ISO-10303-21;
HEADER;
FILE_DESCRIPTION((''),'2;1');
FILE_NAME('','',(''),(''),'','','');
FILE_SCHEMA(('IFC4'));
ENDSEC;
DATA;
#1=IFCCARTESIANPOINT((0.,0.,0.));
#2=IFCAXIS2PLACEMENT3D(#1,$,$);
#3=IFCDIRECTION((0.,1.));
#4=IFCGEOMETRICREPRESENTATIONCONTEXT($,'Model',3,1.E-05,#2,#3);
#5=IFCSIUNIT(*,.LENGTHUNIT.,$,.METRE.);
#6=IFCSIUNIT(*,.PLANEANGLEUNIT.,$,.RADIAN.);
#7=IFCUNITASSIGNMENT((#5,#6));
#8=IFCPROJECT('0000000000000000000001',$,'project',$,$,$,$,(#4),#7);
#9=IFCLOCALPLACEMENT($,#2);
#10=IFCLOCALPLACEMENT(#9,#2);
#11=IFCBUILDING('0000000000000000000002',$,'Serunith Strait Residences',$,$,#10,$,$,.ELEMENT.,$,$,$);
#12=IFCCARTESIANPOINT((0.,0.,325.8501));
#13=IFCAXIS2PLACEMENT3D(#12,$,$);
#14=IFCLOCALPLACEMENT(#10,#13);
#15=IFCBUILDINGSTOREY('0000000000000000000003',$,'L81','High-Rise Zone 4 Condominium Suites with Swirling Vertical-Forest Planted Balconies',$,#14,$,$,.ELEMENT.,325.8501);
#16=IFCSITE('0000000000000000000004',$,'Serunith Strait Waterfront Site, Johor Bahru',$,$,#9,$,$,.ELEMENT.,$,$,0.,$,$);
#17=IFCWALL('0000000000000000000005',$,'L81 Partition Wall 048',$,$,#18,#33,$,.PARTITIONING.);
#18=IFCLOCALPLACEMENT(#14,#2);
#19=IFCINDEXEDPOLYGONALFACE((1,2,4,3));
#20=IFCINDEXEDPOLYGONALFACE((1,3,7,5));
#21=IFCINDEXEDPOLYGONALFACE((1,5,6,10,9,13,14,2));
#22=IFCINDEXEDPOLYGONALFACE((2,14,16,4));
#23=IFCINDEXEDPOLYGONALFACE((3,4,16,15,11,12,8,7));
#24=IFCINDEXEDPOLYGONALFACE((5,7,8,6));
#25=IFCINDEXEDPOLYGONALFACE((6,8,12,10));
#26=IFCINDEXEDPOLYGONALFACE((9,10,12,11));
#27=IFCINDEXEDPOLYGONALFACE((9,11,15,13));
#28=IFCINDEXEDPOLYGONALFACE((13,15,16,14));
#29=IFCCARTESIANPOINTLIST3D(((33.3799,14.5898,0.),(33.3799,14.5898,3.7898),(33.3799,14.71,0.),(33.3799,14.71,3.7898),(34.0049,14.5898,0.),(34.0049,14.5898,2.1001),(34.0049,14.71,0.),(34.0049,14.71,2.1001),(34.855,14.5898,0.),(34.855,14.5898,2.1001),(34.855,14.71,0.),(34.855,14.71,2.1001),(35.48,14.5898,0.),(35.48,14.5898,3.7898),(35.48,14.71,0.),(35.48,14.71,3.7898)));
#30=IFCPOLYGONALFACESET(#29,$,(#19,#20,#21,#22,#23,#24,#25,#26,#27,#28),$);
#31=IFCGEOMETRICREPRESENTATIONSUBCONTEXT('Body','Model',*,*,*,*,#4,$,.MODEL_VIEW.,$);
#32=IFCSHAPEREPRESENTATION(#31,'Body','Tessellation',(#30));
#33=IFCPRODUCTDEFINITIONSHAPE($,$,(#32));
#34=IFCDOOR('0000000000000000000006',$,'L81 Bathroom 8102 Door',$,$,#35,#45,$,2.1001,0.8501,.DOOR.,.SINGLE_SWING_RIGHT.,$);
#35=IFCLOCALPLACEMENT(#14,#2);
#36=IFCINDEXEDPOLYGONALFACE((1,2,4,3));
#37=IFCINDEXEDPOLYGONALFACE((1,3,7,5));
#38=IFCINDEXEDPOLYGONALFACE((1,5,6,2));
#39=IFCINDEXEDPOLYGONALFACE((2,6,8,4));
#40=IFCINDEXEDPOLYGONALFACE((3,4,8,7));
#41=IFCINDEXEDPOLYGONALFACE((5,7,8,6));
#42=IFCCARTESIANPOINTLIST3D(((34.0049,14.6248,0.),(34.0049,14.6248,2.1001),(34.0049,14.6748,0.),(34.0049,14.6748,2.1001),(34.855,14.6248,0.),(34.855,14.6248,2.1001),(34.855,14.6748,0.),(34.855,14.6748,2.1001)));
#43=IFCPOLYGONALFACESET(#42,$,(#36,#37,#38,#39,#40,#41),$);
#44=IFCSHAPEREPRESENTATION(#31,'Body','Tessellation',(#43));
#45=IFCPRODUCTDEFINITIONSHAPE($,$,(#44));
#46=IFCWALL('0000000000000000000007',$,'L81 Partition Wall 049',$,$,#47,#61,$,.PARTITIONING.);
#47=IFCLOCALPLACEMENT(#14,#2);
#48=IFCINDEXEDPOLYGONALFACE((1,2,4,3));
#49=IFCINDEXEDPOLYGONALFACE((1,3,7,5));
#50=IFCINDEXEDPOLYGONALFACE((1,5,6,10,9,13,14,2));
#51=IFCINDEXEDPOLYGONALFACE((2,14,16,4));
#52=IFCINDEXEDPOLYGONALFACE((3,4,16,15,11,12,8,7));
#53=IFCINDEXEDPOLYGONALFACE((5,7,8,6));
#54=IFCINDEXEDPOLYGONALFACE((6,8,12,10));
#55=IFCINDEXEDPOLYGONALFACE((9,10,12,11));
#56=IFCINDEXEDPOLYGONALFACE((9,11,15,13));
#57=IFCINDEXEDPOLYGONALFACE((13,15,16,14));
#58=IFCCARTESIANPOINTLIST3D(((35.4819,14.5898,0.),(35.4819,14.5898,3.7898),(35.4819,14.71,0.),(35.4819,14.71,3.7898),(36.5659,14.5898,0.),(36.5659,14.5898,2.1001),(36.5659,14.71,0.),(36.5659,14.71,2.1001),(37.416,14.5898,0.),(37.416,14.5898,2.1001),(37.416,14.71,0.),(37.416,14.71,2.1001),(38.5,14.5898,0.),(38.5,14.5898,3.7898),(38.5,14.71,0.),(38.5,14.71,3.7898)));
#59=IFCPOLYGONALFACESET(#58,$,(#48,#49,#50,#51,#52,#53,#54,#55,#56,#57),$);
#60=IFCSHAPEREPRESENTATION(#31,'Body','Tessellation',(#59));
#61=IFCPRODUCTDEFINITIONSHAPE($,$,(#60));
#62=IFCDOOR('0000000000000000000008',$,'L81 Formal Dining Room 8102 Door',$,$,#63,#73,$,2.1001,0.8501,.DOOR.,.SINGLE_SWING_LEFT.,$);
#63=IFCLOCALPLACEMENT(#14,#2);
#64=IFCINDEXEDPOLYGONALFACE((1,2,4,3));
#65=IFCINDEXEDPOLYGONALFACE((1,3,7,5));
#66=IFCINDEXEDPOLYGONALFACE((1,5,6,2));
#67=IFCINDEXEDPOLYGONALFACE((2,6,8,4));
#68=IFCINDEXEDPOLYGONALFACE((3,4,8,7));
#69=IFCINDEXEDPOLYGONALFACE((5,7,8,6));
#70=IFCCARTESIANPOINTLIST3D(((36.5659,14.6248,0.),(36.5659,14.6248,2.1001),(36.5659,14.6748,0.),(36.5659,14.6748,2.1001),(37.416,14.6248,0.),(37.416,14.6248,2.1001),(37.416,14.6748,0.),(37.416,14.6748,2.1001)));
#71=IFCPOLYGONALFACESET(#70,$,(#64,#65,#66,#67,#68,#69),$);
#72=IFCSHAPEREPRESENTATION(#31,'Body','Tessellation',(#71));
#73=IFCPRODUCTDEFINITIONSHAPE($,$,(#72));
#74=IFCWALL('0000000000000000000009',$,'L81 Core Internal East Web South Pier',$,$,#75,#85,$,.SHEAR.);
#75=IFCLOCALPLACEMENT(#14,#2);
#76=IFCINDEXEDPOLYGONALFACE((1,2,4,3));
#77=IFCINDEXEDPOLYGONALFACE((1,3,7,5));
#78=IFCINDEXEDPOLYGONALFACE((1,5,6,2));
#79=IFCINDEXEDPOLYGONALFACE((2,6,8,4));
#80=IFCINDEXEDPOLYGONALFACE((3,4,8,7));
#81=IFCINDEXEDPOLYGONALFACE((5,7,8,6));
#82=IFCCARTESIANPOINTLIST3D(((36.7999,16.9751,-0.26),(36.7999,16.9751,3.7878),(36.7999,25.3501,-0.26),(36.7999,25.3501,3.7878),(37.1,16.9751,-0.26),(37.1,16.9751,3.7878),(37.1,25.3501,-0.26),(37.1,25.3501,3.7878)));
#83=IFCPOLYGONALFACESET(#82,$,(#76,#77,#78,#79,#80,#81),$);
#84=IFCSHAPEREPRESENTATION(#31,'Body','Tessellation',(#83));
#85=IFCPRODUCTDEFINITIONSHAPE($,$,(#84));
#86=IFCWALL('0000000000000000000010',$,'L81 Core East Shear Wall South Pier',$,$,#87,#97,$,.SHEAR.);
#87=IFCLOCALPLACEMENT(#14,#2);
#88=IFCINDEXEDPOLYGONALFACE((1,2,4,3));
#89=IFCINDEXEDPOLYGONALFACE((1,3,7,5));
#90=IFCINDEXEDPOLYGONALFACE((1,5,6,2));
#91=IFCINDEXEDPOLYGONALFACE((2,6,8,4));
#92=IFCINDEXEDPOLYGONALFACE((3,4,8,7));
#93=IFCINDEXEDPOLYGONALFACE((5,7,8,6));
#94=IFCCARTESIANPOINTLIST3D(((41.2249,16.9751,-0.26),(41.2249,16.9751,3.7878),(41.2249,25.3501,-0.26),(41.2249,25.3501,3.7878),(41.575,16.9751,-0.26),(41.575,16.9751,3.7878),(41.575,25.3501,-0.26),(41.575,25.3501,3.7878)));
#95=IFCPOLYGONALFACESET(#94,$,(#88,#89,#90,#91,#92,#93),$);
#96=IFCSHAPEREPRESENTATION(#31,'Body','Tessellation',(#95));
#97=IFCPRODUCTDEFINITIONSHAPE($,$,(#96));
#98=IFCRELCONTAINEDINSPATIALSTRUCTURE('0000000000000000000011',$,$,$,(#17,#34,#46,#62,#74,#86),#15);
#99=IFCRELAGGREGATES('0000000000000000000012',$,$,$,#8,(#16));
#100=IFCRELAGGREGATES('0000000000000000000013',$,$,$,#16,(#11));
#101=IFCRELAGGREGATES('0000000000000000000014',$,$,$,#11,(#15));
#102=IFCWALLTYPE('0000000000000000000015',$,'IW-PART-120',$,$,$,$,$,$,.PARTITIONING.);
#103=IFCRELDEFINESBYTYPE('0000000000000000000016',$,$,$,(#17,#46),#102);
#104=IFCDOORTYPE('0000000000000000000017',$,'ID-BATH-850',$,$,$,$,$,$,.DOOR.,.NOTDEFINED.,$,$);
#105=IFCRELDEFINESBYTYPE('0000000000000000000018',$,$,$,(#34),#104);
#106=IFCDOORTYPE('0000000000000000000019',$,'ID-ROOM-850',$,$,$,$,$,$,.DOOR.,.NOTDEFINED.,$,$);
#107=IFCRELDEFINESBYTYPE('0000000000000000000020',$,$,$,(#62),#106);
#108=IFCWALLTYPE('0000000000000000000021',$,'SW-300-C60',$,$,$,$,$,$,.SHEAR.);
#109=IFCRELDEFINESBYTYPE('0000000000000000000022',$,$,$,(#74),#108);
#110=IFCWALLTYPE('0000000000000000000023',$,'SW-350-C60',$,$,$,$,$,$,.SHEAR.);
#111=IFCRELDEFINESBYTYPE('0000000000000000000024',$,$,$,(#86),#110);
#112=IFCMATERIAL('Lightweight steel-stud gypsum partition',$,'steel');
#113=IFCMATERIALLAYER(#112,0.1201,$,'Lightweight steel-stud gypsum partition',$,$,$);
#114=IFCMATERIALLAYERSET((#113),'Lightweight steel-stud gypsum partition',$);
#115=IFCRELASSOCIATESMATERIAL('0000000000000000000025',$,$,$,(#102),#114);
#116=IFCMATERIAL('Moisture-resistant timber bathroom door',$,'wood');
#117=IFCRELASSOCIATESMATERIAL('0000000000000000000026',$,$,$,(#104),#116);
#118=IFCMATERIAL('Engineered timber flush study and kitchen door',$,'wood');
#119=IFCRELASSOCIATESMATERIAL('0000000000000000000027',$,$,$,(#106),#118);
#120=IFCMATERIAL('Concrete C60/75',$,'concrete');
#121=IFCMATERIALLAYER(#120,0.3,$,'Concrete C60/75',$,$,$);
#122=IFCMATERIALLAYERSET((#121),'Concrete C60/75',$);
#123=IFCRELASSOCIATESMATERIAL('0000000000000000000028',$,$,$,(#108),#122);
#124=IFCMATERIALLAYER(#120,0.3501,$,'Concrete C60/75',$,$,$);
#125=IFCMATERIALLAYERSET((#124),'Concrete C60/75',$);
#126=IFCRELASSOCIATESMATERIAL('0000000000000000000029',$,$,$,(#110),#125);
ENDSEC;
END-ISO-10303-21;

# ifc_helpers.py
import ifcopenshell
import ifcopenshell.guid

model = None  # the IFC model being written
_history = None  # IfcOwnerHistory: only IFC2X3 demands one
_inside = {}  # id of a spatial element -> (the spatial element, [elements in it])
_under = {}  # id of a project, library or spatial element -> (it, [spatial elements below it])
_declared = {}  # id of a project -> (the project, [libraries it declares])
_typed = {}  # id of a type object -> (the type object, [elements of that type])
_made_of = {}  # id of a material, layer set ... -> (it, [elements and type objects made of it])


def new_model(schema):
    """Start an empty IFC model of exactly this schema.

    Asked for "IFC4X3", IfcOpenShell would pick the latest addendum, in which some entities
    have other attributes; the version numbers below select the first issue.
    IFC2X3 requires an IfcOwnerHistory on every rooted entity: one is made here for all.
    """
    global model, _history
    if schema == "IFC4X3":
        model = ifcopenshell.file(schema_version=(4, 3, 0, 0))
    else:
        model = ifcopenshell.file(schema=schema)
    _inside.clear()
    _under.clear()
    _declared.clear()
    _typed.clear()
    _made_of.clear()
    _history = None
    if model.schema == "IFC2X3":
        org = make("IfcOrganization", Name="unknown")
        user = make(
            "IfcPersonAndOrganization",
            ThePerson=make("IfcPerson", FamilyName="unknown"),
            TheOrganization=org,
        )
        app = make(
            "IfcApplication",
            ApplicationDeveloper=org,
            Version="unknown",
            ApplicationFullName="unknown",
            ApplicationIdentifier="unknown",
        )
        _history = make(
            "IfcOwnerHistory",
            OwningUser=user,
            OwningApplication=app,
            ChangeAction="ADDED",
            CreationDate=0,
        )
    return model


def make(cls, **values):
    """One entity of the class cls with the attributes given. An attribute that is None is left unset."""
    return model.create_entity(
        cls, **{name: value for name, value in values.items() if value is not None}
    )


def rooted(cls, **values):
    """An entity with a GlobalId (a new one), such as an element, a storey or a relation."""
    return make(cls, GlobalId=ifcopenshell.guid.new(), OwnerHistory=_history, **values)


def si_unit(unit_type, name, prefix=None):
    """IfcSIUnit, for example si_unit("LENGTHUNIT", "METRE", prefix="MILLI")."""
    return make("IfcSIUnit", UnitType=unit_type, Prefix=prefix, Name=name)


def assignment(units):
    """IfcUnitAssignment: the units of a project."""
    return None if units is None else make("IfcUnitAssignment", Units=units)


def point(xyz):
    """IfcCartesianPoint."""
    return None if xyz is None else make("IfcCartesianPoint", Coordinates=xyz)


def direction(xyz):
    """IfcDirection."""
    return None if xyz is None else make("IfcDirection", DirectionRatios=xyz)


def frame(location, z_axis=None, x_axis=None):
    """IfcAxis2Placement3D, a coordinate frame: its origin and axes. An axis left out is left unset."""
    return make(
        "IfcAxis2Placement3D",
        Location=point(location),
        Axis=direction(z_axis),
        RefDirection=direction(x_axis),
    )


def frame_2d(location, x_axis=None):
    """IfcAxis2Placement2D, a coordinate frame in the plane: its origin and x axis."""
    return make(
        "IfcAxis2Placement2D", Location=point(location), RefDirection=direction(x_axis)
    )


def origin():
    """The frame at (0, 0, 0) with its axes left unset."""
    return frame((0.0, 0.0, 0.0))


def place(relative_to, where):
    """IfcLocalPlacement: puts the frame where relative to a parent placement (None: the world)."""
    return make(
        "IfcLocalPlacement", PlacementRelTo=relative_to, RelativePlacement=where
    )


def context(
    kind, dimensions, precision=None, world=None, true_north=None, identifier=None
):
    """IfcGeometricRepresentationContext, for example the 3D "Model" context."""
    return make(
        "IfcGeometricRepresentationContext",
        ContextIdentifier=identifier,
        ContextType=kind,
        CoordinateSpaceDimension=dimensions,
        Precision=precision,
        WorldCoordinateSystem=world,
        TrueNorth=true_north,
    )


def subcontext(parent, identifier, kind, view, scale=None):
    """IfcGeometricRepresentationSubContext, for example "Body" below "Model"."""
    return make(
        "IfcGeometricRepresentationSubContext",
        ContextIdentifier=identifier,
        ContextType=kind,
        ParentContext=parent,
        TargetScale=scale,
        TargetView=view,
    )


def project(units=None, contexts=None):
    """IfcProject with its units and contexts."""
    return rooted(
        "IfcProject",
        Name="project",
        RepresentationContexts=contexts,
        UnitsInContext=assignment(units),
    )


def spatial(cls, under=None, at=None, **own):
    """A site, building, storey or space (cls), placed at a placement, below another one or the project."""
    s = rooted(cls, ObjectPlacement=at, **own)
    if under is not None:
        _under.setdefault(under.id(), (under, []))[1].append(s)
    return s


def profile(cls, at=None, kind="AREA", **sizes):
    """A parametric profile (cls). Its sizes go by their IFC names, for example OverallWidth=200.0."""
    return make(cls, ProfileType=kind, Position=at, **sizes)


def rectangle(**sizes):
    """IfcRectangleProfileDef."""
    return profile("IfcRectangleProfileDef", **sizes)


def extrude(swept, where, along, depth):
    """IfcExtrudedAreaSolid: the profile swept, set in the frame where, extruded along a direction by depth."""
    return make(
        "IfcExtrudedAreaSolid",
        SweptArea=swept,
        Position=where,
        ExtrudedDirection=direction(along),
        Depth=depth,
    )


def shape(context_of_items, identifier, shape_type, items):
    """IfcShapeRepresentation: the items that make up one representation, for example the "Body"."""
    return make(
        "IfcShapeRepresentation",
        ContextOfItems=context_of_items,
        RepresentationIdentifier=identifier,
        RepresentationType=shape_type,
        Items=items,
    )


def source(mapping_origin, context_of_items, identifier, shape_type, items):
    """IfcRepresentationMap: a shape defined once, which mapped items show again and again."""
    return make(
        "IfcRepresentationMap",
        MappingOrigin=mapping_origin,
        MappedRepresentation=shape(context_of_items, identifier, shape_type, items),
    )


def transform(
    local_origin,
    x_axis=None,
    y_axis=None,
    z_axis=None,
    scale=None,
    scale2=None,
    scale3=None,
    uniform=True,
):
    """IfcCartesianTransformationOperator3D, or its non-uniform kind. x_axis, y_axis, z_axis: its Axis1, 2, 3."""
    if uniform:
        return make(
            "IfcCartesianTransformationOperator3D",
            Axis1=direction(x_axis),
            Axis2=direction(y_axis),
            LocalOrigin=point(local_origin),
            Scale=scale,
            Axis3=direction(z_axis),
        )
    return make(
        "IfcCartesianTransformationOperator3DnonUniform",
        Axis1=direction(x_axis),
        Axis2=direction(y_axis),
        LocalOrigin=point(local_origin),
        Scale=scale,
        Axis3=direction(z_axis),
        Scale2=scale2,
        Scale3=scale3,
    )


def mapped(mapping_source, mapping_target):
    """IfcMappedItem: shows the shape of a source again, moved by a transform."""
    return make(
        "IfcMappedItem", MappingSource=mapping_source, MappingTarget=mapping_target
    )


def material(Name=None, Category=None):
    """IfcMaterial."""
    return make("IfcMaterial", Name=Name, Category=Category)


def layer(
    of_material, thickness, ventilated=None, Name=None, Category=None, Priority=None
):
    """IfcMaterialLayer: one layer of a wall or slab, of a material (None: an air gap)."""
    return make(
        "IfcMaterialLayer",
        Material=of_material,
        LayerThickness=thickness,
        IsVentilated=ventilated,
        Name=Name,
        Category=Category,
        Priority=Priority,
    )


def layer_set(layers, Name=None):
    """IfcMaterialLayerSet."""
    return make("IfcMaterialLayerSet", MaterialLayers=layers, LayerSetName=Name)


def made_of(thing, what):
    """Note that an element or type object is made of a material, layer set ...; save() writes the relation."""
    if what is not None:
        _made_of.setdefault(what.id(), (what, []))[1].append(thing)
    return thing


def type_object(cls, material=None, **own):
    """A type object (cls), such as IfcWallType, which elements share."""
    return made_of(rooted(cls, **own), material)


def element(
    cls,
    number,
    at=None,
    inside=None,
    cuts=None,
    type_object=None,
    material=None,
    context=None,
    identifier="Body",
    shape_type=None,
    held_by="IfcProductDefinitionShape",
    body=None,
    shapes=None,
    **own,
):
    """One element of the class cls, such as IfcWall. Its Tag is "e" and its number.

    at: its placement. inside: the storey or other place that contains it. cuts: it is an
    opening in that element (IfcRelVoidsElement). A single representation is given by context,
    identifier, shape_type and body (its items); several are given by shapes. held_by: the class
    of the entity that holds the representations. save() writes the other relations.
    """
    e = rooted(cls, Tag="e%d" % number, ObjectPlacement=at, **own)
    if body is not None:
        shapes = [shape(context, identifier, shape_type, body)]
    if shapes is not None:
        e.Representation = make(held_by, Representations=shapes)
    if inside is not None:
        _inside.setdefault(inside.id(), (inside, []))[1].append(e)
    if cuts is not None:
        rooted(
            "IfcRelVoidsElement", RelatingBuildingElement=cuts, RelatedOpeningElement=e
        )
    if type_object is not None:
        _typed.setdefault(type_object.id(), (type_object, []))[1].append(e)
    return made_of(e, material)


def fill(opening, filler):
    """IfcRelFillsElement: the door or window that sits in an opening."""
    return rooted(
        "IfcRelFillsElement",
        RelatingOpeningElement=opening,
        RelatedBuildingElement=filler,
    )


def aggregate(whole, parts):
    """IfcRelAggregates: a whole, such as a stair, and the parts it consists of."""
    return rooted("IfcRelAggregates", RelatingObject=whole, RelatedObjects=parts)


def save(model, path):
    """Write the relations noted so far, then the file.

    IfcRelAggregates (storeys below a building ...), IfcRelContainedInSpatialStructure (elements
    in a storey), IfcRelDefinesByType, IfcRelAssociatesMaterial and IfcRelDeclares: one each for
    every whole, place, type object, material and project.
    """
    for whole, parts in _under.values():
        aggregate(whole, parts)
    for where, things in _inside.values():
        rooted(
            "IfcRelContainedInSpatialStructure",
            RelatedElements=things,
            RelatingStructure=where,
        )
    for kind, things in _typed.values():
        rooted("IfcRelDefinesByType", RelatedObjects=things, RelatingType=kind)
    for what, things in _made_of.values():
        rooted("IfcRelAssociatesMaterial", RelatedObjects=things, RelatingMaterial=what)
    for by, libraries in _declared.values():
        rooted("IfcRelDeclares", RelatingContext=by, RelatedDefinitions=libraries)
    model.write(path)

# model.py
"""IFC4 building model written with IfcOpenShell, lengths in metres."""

from ifc_helpers import new_model, si_unit, direction, frame, frame_2d, origin, place, context, subcontext, project, spatial, rectangle, extrude, source, transform, mapped, material, layer, layer_set, type_object, element, fill, save


model = new_model("IFC4")

# Units and contexts
model_context = context("Model", 3, precision=1e-05, world=origin(), true_north=direction((0.0, 1.0)))
body_context = subcontext(model_context, "Body", "Model", "MODEL_VIEW")
ifc_project = project(units=[si_unit("LENGTHUNIT", "METRE"), si_unit("PLANEANGLEUNIT", "RADIAN")], contexts=[model_context])

# Site, building, storey
site_placement = place(None, origin())
site = spatial("IfcSite", under=ifc_project, at=site_placement, Name="Serunith Strait Waterfront Site, Johor Bahru", CompositionType="ELEMENT", RefElevation=0.0)
building_placement = place(site_placement, origin())
building = spatial("IfcBuilding", under=site, at=building_placement, Name="Serunith Strait Residences", CompositionType="ELEMENT")
storey_placement = place(building_placement, frame((0.0, 0.0, 325.8501)))
storey = spatial("IfcBuildingStorey", under=building, at=storey_placement, Name="L81", Description="High-Rise Zone 4 Condominium Suites with Swirling Vertical-Forest Planted Balconies", CompositionType="ELEMENT", Elevation=325.8501)

# Shared definitions
ifc_material_1 = material(Name="Concrete C60/75", Category="concrete")

# Shared definitions
ifc_material_2 = material(Name="Lightweight steel-stud gypsum partition", Category="steel")
ifc_layer_1 = layer(ifc_material_2, 0.1201, Name="Lightweight steel-stud gypsum partition")
ifc_layer_set_1 = layer_set([ifc_layer_1], Name="Lightweight steel-stud gypsum partition")
wall_type_1 = type_object("IfcWallType", Name="IW-PART-120", PredefinedType="PARTITIONING", material=ifc_layer_set_1)

# Walls, openings, doors
wall_1_placement = place(storey_placement, frame((33.3799, 14.6499, 0.0), z_axis=(0.0, 0.0, 1.0), x_axis=(1.0, 0.0, 0.0)))
wall_1 = element("IfcWall", 1, at=wall_1_placement, inside=storey, type_object=wall_type_1, Name="L81 Partition Wall 048", PredefinedType="PARTITIONING", context=body_context, shape_type="SweptSolid", body=[
    extrude(rectangle(XDim=2.1001, YDim=0.1201, at=frame_2d((1.05, 0.0))), origin(), (0.0, 0.0, 1.0), 3.7898),
])
opening_1_placement = place(wall_1_placement, frame((0.625, 0.0, 0.0)))
opening_1 = element("IfcOpeningElement", 2, at=opening_1_placement, cuts=wall_1, PredefinedType="OPENING", context=body_context, shape_type="SweptSolid", body=[
    extrude(rectangle(XDim=0.8501, YDim=2.1001, at=frame_2d((0.425, 1.05))), frame((0.0, 0.0701, 0.0), z_axis=(0.0, -1.0, 0.0), x_axis=(1.0, 0.0, 0.0)), (0.0, 0.0, 1.0), 0.1401),
])
ifc_material_3 = material(Name="Moisture-resistant timber bathroom door", Category="wood")
door_type_1 = type_object("IfcDoorType", Name="ID-BATH-850", OperationType="NOTDEFINED", PredefinedType="DOOR", material=ifc_material_3)
shared_shape_1 = source(origin(), body_context, "Body", "SweptSolid", [
    extrude(rectangle(XDim=0.8501, YDim=2.1001, at=frame_2d((0.425, 1.05))), frame((0.0, 0.0249, 0.0), z_axis=(0.0, -1.0, 0.0), x_axis=(1.0, 0.0, 0.0)), (0.0, 0.0, 1.0), 0.05),
])
door_1_placement = place(opening_1_placement, origin())
door_1 = element("IfcDoor", 3, at=door_1_placement, inside=storey, type_object=door_type_1, Name="L81 Bathroom 8102 Door", OperationType="SINGLE_SWING_RIGHT", OverallHeight=2.1001, OverallWidth=0.8501, PredefinedType="DOOR", context=body_context, shape_type="MappedRepresentation", body=[
    mapped(shared_shape_1, transform((0.0, 0.0, 0.0), scale=1.0)),
])
fill(opening_1, door_1)
wall_2_placement = place(storey_placement, frame((35.4819, 14.6499, 0.0), z_axis=(0.0, 0.0, 1.0), x_axis=(1.0, 0.0, 0.0)))
wall_2 = element("IfcWall", 4, at=wall_2_placement, inside=storey, type_object=wall_type_1, Name="L81 Partition Wall 049", PredefinedType="PARTITIONING", context=body_context, shape_type="SweptSolid", body=[
    extrude(rectangle(XDim=3.0181, YDim=0.1201, at=frame_2d((1.509, 0.0))), origin(), (0.0, 0.0, 1.0), 3.7898),
])
opening_2_placement = place(wall_2_placement, frame((1.084, 0.0, 0.0)))
opening_2 = element("IfcOpeningElement", 5, at=opening_2_placement, cuts=wall_2, PredefinedType="OPENING", context=body_context, shape_type="SweptSolid", body=[
    extrude(rectangle(XDim=0.8501, YDim=2.1001, at=frame_2d((0.425, 1.05))), frame((0.0, 0.0701, 0.0), z_axis=(0.0, -1.0, 0.0), x_axis=(1.0, 0.0, 0.0)), (0.0, 0.0, 1.0), 0.1401),
])
ifc_material_4 = material(Name="Engineered timber flush study and kitchen door", Category="wood")
door_type_2 = type_object("IfcDoorType", Name="ID-ROOM-850", OperationType="NOTDEFINED", PredefinedType="DOOR", material=ifc_material_4)
door_2_placement = place(opening_2_placement, origin())
door_2 = element("IfcDoor", 6, at=door_2_placement, inside=storey, type_object=door_type_2, Name="L81 Formal Dining Room 8102 Door", OperationType="SINGLE_SWING_LEFT", OverallHeight=2.1001, OverallWidth=0.8501, PredefinedType="DOOR", context=body_context, shape_type="MappedRepresentation", body=[
    mapped(shared_shape_1, transform((0.0, 0.0, 0.0), scale=1.0)),
])
fill(opening_2, door_2)

# Walls
ifc_layer_2 = layer(ifc_material_1, 0.3, Name="Concrete C60/75")
ifc_layer_set_2 = layer_set([ifc_layer_2], Name="Concrete C60/75")
wall_type_2 = type_object("IfcWallType", Name="SW-300-C60", PredefinedType="SHEAR", material=ifc_layer_set_2)
wall_3_placement = place(storey_placement, frame((36.95, 16.9751, -0.26), z_axis=(0.0, 0.0, 1.0), x_axis=(0.0, 1.0, 0.0)))
element("IfcWall", 7, at=wall_3_placement, inside=storey, type_object=wall_type_2, Name="L81 Core Internal East Web South Pier", PredefinedType="SHEAR", context=body_context, shape_type="SweptSolid", body=[
    extrude(rectangle(XDim=8.375, YDim=0.3, at=frame_2d((4.1875, 0.0))), origin(), (0.0, 0.0, 1.0), 4.0479),
])
ifc_layer_3 = layer(ifc_material_1, 0.3501, Name="Concrete C60/75")
ifc_layer_set_3 = layer_set([ifc_layer_3], Name="Concrete C60/75")
wall_type_3 = type_object("IfcWallType", Name="SW-350-C60", PredefinedType="SHEAR", material=ifc_layer_set_3)
wall_4_placement = place(storey_placement, frame((41.3999, 16.9751, -0.26), z_axis=(0.0, 0.0, 1.0), x_axis=(0.0, 1.0, 0.0)))
element("IfcWall", 8, at=wall_4_placement, inside=storey, type_object=wall_type_3, Name="L81 Core East Shear Wall South Pier", PredefinedType="SHEAR", context=body_context, shape_type="SweptSolid", body=[
    extrude(rectangle(XDim=8.375, YDim=0.3501, at=frame_2d((4.1875, 0.0))), origin(), (0.0, 0.0, 1.0), 4.0479),
])

save(model, "model.ifc")
